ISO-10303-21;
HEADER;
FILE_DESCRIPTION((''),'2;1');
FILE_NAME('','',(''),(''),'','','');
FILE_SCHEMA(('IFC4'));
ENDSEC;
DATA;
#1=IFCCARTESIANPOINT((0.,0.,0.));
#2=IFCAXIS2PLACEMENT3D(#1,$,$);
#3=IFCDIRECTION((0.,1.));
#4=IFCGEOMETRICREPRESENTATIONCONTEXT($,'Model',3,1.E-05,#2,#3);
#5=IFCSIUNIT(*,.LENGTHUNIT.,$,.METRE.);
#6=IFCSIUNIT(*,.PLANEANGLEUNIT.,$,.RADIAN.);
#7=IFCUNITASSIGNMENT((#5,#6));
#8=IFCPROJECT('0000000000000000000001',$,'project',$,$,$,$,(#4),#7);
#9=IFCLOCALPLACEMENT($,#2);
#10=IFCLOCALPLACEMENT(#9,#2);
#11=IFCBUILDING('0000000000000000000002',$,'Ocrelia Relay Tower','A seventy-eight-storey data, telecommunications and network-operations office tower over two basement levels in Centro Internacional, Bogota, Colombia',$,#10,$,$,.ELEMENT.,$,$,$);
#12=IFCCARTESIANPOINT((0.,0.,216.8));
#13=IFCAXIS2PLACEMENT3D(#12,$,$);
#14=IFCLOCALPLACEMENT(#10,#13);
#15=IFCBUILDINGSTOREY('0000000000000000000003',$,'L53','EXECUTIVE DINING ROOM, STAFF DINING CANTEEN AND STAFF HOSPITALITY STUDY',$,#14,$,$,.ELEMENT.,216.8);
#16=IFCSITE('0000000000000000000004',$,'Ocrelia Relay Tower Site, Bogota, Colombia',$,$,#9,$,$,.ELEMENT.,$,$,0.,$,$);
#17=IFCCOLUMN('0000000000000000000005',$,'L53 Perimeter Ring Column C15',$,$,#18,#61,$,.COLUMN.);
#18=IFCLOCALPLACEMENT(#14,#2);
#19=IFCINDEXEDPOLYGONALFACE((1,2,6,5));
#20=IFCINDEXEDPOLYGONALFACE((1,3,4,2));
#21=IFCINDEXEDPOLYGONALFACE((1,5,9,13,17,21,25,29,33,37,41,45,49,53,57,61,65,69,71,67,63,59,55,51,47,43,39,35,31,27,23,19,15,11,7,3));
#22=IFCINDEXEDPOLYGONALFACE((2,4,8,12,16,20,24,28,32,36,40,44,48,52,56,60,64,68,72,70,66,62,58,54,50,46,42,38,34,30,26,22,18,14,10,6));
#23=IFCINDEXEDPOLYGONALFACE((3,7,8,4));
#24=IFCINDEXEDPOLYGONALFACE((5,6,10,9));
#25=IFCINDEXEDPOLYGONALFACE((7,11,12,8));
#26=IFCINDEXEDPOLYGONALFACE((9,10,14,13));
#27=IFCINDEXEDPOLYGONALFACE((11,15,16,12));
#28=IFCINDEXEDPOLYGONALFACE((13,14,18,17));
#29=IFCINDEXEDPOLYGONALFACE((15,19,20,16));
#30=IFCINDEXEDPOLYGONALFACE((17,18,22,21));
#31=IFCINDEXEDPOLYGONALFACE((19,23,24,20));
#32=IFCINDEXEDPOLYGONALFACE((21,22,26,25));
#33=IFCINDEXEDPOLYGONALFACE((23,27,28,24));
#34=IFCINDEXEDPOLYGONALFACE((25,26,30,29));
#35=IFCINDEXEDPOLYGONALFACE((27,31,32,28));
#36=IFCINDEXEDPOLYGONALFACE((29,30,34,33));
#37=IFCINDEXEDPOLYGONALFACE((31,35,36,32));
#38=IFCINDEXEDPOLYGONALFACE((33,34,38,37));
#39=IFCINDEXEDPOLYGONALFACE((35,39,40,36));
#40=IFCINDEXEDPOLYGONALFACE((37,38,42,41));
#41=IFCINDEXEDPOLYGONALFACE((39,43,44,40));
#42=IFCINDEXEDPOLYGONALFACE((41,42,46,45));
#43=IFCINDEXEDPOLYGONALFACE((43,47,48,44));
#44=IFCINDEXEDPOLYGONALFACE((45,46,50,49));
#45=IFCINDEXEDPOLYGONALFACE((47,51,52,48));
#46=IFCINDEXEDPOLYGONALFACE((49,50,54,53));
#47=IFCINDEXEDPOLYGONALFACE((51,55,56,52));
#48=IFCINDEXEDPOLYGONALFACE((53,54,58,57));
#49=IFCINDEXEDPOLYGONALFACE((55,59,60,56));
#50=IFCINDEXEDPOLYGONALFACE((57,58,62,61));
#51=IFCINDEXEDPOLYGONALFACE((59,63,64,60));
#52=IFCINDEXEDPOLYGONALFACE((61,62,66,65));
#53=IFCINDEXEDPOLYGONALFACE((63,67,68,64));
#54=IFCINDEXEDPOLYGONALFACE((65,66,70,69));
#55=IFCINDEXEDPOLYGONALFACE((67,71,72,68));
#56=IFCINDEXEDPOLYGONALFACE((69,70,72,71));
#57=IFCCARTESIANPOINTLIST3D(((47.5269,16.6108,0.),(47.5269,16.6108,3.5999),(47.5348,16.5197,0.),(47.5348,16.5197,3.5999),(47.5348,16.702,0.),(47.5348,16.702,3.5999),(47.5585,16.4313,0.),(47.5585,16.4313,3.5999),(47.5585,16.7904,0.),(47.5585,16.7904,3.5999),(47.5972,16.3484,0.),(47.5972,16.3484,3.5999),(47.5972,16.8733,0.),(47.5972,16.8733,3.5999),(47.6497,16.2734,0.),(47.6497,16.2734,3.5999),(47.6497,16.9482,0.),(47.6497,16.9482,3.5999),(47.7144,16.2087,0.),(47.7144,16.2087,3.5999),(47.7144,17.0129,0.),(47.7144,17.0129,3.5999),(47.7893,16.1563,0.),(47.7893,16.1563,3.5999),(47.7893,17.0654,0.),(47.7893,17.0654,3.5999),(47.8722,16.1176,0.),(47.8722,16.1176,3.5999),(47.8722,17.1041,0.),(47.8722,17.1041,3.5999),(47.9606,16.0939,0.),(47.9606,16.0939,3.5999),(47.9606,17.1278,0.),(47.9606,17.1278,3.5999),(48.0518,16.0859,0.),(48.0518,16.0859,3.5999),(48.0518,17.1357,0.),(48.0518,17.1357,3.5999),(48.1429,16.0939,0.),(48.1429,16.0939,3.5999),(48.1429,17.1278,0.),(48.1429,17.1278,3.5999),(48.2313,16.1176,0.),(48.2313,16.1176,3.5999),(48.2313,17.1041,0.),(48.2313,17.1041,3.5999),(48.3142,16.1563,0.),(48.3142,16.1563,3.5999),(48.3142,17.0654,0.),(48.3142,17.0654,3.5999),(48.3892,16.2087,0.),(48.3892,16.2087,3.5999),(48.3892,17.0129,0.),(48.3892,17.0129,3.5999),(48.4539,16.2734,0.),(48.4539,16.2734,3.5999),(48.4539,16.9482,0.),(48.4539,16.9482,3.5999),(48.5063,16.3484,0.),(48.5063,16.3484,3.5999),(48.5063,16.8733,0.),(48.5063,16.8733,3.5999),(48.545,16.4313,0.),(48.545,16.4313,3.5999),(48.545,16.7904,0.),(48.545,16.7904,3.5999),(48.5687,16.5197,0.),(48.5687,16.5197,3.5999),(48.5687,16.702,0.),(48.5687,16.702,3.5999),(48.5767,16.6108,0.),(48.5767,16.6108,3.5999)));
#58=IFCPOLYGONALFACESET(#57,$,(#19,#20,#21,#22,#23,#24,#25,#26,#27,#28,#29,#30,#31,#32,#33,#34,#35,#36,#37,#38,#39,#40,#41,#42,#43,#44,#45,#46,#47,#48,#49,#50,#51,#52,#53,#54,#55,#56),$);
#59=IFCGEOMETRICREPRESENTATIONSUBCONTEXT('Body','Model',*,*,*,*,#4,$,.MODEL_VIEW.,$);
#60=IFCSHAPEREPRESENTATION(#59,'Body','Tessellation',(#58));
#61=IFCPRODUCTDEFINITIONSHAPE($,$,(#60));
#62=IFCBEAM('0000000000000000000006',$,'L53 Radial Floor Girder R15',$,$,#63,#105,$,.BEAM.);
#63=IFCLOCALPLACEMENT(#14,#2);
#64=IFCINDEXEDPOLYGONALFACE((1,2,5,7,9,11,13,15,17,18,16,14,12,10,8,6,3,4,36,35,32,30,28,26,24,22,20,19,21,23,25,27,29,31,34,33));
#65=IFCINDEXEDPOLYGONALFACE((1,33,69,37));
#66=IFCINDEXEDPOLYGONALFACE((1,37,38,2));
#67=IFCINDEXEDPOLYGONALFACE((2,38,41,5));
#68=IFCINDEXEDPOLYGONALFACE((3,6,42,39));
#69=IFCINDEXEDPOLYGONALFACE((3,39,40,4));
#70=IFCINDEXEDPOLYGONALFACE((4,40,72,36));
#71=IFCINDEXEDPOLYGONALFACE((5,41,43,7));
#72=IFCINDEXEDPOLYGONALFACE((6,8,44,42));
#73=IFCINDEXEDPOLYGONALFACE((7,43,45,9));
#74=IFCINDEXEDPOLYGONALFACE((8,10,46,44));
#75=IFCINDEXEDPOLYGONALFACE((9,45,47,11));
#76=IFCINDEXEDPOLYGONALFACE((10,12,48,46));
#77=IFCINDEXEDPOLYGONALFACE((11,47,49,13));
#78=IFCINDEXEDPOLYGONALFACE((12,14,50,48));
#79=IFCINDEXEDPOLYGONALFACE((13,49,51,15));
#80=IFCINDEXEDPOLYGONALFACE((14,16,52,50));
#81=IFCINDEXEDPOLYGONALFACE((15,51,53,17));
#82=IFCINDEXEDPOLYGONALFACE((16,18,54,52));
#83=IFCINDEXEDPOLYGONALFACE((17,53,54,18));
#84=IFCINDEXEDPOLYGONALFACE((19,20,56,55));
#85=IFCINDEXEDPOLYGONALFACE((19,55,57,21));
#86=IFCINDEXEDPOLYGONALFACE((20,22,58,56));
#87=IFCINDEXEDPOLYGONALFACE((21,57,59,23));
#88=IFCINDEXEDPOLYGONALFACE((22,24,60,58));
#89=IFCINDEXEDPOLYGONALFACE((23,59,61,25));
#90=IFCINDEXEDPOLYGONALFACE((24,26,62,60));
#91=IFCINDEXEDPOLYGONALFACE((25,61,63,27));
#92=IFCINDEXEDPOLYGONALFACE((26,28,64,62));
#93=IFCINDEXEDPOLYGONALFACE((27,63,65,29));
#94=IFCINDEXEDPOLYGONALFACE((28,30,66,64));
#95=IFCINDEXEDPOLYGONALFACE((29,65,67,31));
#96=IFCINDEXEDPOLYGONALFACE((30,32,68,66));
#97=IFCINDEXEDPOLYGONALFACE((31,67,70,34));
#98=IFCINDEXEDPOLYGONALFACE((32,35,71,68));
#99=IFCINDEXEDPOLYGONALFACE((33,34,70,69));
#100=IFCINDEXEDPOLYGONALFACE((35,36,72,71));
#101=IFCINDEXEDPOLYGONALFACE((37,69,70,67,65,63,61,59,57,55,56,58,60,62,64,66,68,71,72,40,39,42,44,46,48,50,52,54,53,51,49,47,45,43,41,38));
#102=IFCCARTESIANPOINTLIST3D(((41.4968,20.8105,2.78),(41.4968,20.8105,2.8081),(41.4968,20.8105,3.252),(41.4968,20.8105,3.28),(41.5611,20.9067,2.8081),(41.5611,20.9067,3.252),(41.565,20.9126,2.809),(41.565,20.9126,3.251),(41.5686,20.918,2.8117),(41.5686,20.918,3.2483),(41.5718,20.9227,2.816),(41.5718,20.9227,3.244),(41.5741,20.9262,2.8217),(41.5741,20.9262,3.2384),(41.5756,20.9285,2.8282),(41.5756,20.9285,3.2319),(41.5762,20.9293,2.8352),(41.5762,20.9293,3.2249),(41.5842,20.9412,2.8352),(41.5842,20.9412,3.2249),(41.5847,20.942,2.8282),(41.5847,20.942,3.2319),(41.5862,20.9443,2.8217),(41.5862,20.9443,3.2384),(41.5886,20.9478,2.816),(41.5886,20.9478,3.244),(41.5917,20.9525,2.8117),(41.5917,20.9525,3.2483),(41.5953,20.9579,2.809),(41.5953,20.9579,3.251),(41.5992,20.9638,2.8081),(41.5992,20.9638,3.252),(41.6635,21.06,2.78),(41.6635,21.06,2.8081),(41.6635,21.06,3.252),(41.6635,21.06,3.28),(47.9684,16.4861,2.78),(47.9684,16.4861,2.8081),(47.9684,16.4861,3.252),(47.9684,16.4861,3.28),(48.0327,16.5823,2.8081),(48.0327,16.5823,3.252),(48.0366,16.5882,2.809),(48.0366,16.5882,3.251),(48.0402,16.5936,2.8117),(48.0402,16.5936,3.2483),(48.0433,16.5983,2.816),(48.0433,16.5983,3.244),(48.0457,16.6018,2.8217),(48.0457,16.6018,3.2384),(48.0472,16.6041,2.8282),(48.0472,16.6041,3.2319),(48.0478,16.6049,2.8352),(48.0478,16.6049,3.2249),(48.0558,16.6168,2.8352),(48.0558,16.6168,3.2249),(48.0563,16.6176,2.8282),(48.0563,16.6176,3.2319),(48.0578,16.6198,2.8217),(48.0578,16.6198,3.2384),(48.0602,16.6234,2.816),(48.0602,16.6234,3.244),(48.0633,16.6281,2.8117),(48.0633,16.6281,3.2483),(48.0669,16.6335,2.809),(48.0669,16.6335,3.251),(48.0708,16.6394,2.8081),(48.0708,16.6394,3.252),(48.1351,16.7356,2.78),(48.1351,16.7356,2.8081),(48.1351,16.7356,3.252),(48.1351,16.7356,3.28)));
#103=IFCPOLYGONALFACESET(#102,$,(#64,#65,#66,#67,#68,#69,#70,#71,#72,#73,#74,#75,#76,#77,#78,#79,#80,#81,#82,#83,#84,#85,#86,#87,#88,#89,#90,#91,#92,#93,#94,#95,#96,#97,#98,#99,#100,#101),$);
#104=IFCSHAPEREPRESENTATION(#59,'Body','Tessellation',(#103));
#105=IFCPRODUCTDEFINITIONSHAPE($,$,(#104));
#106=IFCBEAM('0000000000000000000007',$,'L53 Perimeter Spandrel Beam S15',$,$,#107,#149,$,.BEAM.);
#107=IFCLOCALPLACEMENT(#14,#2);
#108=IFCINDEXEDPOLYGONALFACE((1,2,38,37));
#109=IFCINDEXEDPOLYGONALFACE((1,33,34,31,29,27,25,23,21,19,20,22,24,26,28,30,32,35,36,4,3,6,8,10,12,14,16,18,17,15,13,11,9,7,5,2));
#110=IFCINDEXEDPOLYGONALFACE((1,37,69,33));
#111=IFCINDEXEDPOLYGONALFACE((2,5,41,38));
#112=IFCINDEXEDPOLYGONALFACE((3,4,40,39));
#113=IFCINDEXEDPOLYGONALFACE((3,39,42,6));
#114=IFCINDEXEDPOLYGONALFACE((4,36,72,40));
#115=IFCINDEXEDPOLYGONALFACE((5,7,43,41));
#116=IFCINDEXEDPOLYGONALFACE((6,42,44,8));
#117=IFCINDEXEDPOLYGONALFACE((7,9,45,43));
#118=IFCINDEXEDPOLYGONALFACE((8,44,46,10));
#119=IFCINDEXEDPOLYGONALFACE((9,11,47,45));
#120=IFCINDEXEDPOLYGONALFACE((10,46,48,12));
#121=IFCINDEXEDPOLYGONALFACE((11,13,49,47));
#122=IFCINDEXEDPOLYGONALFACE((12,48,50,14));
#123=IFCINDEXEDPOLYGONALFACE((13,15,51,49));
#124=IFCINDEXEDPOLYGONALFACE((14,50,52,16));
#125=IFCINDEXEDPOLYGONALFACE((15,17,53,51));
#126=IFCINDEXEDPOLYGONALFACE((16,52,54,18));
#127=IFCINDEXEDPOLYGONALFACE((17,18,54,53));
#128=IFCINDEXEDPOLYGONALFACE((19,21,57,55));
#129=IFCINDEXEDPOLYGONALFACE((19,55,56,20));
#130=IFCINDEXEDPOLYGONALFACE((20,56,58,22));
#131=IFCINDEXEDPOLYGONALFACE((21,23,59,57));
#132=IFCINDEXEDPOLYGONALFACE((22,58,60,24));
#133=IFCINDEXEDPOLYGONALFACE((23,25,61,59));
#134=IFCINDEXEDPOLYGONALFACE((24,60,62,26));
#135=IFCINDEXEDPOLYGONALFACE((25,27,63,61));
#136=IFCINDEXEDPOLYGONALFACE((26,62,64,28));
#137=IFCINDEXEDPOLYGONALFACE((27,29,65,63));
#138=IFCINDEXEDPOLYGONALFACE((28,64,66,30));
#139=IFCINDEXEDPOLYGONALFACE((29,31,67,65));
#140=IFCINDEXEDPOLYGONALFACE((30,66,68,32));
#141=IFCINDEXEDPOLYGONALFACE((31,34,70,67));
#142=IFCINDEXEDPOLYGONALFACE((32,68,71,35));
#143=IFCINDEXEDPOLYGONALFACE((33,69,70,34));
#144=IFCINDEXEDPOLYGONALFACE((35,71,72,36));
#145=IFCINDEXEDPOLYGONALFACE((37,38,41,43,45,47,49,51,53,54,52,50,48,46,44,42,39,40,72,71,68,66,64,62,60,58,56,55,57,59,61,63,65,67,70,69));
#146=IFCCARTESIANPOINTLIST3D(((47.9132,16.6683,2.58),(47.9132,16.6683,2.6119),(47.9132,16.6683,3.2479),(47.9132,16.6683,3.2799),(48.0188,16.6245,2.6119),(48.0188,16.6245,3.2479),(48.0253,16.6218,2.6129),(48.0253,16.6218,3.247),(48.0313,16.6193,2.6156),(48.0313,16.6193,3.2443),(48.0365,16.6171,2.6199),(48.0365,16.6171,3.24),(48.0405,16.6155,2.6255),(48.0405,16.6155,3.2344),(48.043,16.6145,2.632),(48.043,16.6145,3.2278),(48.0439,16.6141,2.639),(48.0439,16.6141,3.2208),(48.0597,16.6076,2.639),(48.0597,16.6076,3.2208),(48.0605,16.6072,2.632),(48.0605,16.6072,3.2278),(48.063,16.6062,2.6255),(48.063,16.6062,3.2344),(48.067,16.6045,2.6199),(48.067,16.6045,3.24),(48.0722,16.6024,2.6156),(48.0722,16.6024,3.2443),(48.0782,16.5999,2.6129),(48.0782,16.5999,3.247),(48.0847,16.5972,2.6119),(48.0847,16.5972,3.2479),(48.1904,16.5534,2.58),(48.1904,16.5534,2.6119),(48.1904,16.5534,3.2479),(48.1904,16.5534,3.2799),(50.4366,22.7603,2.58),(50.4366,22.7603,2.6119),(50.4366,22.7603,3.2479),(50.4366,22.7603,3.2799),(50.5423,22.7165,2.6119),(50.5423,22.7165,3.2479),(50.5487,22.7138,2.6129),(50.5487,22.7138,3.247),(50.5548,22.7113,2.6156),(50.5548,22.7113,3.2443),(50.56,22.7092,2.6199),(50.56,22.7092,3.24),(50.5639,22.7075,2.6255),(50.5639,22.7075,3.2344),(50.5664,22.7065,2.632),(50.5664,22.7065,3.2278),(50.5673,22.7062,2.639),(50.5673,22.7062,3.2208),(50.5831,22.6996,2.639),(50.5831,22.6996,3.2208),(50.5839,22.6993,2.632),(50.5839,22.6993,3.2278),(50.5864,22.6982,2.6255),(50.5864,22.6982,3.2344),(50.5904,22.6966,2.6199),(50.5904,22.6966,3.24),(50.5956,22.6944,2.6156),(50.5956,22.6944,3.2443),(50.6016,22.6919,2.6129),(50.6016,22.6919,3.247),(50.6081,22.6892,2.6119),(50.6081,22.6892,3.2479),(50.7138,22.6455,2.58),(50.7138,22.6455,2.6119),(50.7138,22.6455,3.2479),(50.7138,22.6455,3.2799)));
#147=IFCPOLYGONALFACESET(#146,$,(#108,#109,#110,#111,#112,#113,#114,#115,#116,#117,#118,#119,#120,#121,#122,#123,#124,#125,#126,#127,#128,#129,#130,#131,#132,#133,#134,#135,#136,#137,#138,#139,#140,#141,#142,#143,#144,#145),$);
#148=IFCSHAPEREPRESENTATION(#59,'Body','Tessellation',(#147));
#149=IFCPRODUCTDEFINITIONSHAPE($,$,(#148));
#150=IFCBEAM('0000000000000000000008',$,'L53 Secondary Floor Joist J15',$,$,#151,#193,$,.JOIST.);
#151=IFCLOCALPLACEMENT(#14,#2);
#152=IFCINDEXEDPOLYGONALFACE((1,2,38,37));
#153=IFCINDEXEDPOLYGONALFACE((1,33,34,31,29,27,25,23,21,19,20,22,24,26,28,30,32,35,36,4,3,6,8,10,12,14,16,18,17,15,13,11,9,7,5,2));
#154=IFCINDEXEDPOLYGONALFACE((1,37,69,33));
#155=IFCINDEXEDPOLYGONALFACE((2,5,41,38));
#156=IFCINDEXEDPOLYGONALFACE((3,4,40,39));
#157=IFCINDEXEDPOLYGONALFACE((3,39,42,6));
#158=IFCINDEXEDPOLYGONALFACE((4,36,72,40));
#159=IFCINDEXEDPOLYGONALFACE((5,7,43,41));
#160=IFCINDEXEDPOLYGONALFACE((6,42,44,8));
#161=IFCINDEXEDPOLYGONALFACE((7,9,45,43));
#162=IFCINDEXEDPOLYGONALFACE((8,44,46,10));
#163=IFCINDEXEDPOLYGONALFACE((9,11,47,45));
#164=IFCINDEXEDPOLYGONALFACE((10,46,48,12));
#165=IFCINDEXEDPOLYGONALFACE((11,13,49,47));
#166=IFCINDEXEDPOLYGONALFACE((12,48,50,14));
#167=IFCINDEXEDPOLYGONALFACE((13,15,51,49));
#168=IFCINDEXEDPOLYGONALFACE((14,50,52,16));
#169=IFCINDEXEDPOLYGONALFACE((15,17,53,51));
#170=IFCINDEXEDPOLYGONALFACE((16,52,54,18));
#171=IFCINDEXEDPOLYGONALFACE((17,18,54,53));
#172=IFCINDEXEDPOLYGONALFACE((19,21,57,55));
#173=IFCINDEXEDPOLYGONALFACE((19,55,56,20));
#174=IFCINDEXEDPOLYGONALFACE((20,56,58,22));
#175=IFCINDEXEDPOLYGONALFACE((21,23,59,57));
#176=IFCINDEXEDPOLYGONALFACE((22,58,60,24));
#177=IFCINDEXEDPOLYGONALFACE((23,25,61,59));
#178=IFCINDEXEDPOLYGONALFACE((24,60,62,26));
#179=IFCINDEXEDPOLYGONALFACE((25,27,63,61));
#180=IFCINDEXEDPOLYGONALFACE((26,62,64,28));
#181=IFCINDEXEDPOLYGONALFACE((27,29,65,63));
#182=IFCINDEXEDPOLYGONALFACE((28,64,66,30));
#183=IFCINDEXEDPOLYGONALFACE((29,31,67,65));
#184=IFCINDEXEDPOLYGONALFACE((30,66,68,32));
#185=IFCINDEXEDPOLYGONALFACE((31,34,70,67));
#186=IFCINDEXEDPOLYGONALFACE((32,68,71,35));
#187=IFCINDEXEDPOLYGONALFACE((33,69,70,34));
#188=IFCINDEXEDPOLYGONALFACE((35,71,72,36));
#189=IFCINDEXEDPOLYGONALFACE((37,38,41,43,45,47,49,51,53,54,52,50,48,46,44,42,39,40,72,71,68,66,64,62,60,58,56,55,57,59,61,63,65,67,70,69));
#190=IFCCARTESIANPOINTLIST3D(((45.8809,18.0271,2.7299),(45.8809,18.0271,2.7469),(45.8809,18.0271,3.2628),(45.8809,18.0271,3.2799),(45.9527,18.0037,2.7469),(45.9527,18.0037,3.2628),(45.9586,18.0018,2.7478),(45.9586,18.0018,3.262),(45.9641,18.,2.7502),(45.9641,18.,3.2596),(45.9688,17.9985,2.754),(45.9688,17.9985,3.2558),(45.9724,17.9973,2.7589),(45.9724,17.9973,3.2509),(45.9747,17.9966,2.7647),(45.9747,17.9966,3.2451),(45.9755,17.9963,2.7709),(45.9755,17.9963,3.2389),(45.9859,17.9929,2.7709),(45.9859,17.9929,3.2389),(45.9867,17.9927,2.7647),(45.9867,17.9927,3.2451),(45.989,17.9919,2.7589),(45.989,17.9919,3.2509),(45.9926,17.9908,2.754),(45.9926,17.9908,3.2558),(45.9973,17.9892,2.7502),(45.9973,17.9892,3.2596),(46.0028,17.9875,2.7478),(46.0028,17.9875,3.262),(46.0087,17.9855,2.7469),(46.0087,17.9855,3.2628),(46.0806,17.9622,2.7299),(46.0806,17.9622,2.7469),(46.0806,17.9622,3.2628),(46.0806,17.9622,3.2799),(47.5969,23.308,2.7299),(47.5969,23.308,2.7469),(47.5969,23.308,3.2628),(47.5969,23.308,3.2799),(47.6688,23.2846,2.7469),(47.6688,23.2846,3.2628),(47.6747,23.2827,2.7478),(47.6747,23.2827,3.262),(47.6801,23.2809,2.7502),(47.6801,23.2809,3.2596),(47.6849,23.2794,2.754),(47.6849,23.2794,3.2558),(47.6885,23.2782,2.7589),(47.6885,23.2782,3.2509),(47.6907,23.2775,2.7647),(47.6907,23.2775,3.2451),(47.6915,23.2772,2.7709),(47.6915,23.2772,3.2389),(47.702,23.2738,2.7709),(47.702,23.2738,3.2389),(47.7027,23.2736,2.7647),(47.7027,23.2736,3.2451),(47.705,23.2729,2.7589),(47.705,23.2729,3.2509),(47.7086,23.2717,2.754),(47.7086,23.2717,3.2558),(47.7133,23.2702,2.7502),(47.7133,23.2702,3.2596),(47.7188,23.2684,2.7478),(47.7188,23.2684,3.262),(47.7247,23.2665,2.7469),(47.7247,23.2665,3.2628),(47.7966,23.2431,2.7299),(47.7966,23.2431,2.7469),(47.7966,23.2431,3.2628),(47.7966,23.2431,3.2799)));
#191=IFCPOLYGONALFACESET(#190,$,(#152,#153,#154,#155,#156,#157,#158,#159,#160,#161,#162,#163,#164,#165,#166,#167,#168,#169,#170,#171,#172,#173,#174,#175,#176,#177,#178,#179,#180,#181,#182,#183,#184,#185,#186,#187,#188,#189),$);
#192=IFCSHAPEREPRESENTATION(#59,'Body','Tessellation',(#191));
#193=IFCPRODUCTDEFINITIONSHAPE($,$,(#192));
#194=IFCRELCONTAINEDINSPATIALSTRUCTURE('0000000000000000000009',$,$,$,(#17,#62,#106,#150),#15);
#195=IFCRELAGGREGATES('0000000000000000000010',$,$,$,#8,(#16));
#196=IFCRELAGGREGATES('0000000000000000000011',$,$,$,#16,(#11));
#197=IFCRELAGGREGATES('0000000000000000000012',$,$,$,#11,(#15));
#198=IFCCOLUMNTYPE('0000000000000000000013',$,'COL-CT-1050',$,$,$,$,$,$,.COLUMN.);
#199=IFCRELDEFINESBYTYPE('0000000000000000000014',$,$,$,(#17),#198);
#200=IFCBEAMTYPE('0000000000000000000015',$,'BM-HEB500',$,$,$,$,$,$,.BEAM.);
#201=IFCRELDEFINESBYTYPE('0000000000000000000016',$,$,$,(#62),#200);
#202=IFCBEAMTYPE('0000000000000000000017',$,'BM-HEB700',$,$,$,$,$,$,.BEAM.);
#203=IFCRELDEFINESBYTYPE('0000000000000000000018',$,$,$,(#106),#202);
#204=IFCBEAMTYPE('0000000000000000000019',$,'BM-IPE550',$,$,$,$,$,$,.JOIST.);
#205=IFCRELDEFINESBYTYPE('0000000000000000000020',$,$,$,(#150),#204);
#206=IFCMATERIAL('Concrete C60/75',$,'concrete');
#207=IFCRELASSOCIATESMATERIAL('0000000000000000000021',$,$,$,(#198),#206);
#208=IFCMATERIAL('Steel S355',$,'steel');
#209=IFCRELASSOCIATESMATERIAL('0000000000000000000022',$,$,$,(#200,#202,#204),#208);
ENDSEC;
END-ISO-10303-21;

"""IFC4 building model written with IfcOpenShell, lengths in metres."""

from ifc_helpers import new_model, si_unit, direction, frame, origin, origin_2d, place, context, subcontext, project, spatial, circle, i_section, extrude, material, material_profile, profile_set, type_object, element, save


model = new_model("IFC4")

# Units and contexts
model_context = context("Model", 3, precision=1e-05, world=origin(), true_north=direction((0.0, 1.0)))
body_context = subcontext(model_context, "Body", "Model", "MODEL_VIEW")
ifc_project = project(units=[si_unit("LENGTHUNIT", "METRE"), si_unit("PLANEANGLEUNIT", "RADIAN")], contexts=[model_context])

# Site, building, storey
site_placement = place(None, origin())
site = spatial("IfcSite", under=ifc_project, at=site_placement, Name="Ocrelia Relay Tower Site, Bogota, Colombia", CompositionType="ELEMENT", RefElevation=0.0)
building_placement = place(site_placement, origin())
building = spatial("IfcBuilding", under=site, at=building_placement, Name="Ocrelia Relay Tower", Description="A seventy-eight-storey data, telecommunications and network-operations office tower over two basement levels in Centro Internacional, Bogota, Colombia", CompositionType="ELEMENT")
storey_placement = place(building_placement, frame((0.0, 0.0, 216.8)))
storey = spatial("IfcBuildingStorey", under=building, at=storey_placement, Name="L53", Description="EXECUTIVE DINING ROOM, STAFF DINING CANTEEN AND STAFF HOSPITALITY STUDY", CompositionType="ELEMENT", Elevation=216.8)

# Column
ifc_material_1 = material(Name="Concrete C60/75", Category="concrete")
ifc_material_profile_1 = material_profile(ifc_material_1, circle(Radius=0.5249, at=origin_2d()), Name="RC-CIR-1050")
ifc_profile_set_1 = profile_set([ifc_material_profile_1], Name="Concrete C60/75")
column_type = type_object("IfcColumnType", Name="COL-CT-1050", PredefinedType="COLUMN", material=ifc_profile_set_1)
column_placement = place(storey_placement, frame((48.0518, 16.6108, 0.0), z_axis=(0.0, 0.0, 1.0), x_axis=(1.0, 0.0, 0.0)))
element("IfcColumn", 1, at=column_placement, inside=storey, type_object=column_type, Name="L53 Perimeter Ring Column C15", PredefinedType="COLUMN", context=body_context, shape_type="SweptSolid", body=[
    extrude(circle(Radius=0.5249, at=origin_2d()), origin(), (0.0, 0.0, 1.0), 3.5999),
])

# Beams
ifc_material_2 = material(Name="Steel S355", Category="steel")
ifc_material_profile_2 = material_profile(ifc_material_2, i_section(OverallWidth=0.3, OverallDepth=0.5, WebThickness=0.0144, FlangeThickness=0.0281, FilletRadius=0.0271, at=origin_2d()), Name="HEB 500")
ifc_profile_set_2 = profile_set([ifc_material_profile_2], Name="Steel S355")
beam_type_1 = type_object("IfcBeamType", Name="BM-HEB500", PredefinedType="BEAM", material=ifc_profile_set_2)
beam_1_placement = place(storey_placement, frame((48.0518, 16.6108, 3.03), z_axis=(-0.831456, 0.55559, 0.0), x_axis=(-0.55559, -0.831456, 0.0)))
element("IfcBeam", 2, at=beam_1_placement, inside=storey, type_object=beam_type_1, Name="L53 Radial Floor Girder R15", PredefinedType="BEAM", context=body_context, shape_type="SweptSolid", body=[
    extrude(i_section(OverallWidth=0.3, OverallDepth=0.5, WebThickness=0.0144, FlangeThickness=0.0281, FilletRadius=0.0271, at=origin_2d()), origin(), (0.0, 0.0, 1.0), 7.7834),
])
ifc_material_profile_3 = material_profile(ifc_material_2, i_section(OverallWidth=0.3, OverallDepth=0.7, WebThickness=0.0171, FlangeThickness=0.032, FilletRadius=0.0271, at=origin_2d()), Name="HEB 700")
ifc_profile_set_3 = profile_set([ifc_material_profile_3], Name="Steel S355")
beam_type_2 = type_object("IfcBeamType", Name="BM-HEB700", PredefinedType="BEAM", material=ifc_profile_set_3)
beam_2_placement = place(storey_placement, frame((48.0518, 16.6108, 2.9299), z_axis=(0.382688, 0.923878, 0.0), x_axis=(-0.923878, 0.382688, 0.0)))
element("IfcBeam", 3, at=beam_2_placement, inside=storey, type_object=beam_type_2, Name="L53 Perimeter Spandrel Beam S15", PredefinedType="BEAM", context=body_context, shape_type="SweptSolid", body=[
    extrude(i_section(OverallWidth=0.3, OverallDepth=0.7, WebThickness=0.0171, FlangeThickness=0.032, FilletRadius=0.0271, at=origin_2d()), origin(), (0.0, 0.0, 1.0), 6.594),
])
ifc_material_profile_4 = material_profile(ifc_material_2, i_section(OverallWidth=0.21, OverallDepth=0.55, WebThickness=0.011, FlangeThickness=0.0171, FilletRadius=0.0239, at=origin_2d()), Name="IPE 550")
ifc_profile_set_4 = profile_set([ifc_material_profile_4], Name="Steel S355")
beam_type_3 = type_object("IfcBeamType", Name="BM-IPE550", PredefinedType="JOIST", material=ifc_profile_set_4)
beam_3_placement = place(storey_placement, frame((45.9807, 17.9946, 3.0049), z_axis=(0.309043, 0.951048, 0.0), x_axis=(-0.951048, 0.309043, 0.0)))
element("IfcBeam", 4, at=beam_3_placement, inside=storey, type_object=beam_type_3, Name="L53 Secondary Floor Joist J15", PredefinedType="JOIST", context=body_context, shape_type="SweptSolid", body=[
    extrude(i_section(OverallWidth=0.21, OverallDepth=0.55, WebThickness=0.011, FlangeThickness=0.0171, FilletRadius=0.0239, at=origin_2d()), origin(), (0.0, 0.0, 1.0), 5.5527),
])

save(model, "model.ifc")
